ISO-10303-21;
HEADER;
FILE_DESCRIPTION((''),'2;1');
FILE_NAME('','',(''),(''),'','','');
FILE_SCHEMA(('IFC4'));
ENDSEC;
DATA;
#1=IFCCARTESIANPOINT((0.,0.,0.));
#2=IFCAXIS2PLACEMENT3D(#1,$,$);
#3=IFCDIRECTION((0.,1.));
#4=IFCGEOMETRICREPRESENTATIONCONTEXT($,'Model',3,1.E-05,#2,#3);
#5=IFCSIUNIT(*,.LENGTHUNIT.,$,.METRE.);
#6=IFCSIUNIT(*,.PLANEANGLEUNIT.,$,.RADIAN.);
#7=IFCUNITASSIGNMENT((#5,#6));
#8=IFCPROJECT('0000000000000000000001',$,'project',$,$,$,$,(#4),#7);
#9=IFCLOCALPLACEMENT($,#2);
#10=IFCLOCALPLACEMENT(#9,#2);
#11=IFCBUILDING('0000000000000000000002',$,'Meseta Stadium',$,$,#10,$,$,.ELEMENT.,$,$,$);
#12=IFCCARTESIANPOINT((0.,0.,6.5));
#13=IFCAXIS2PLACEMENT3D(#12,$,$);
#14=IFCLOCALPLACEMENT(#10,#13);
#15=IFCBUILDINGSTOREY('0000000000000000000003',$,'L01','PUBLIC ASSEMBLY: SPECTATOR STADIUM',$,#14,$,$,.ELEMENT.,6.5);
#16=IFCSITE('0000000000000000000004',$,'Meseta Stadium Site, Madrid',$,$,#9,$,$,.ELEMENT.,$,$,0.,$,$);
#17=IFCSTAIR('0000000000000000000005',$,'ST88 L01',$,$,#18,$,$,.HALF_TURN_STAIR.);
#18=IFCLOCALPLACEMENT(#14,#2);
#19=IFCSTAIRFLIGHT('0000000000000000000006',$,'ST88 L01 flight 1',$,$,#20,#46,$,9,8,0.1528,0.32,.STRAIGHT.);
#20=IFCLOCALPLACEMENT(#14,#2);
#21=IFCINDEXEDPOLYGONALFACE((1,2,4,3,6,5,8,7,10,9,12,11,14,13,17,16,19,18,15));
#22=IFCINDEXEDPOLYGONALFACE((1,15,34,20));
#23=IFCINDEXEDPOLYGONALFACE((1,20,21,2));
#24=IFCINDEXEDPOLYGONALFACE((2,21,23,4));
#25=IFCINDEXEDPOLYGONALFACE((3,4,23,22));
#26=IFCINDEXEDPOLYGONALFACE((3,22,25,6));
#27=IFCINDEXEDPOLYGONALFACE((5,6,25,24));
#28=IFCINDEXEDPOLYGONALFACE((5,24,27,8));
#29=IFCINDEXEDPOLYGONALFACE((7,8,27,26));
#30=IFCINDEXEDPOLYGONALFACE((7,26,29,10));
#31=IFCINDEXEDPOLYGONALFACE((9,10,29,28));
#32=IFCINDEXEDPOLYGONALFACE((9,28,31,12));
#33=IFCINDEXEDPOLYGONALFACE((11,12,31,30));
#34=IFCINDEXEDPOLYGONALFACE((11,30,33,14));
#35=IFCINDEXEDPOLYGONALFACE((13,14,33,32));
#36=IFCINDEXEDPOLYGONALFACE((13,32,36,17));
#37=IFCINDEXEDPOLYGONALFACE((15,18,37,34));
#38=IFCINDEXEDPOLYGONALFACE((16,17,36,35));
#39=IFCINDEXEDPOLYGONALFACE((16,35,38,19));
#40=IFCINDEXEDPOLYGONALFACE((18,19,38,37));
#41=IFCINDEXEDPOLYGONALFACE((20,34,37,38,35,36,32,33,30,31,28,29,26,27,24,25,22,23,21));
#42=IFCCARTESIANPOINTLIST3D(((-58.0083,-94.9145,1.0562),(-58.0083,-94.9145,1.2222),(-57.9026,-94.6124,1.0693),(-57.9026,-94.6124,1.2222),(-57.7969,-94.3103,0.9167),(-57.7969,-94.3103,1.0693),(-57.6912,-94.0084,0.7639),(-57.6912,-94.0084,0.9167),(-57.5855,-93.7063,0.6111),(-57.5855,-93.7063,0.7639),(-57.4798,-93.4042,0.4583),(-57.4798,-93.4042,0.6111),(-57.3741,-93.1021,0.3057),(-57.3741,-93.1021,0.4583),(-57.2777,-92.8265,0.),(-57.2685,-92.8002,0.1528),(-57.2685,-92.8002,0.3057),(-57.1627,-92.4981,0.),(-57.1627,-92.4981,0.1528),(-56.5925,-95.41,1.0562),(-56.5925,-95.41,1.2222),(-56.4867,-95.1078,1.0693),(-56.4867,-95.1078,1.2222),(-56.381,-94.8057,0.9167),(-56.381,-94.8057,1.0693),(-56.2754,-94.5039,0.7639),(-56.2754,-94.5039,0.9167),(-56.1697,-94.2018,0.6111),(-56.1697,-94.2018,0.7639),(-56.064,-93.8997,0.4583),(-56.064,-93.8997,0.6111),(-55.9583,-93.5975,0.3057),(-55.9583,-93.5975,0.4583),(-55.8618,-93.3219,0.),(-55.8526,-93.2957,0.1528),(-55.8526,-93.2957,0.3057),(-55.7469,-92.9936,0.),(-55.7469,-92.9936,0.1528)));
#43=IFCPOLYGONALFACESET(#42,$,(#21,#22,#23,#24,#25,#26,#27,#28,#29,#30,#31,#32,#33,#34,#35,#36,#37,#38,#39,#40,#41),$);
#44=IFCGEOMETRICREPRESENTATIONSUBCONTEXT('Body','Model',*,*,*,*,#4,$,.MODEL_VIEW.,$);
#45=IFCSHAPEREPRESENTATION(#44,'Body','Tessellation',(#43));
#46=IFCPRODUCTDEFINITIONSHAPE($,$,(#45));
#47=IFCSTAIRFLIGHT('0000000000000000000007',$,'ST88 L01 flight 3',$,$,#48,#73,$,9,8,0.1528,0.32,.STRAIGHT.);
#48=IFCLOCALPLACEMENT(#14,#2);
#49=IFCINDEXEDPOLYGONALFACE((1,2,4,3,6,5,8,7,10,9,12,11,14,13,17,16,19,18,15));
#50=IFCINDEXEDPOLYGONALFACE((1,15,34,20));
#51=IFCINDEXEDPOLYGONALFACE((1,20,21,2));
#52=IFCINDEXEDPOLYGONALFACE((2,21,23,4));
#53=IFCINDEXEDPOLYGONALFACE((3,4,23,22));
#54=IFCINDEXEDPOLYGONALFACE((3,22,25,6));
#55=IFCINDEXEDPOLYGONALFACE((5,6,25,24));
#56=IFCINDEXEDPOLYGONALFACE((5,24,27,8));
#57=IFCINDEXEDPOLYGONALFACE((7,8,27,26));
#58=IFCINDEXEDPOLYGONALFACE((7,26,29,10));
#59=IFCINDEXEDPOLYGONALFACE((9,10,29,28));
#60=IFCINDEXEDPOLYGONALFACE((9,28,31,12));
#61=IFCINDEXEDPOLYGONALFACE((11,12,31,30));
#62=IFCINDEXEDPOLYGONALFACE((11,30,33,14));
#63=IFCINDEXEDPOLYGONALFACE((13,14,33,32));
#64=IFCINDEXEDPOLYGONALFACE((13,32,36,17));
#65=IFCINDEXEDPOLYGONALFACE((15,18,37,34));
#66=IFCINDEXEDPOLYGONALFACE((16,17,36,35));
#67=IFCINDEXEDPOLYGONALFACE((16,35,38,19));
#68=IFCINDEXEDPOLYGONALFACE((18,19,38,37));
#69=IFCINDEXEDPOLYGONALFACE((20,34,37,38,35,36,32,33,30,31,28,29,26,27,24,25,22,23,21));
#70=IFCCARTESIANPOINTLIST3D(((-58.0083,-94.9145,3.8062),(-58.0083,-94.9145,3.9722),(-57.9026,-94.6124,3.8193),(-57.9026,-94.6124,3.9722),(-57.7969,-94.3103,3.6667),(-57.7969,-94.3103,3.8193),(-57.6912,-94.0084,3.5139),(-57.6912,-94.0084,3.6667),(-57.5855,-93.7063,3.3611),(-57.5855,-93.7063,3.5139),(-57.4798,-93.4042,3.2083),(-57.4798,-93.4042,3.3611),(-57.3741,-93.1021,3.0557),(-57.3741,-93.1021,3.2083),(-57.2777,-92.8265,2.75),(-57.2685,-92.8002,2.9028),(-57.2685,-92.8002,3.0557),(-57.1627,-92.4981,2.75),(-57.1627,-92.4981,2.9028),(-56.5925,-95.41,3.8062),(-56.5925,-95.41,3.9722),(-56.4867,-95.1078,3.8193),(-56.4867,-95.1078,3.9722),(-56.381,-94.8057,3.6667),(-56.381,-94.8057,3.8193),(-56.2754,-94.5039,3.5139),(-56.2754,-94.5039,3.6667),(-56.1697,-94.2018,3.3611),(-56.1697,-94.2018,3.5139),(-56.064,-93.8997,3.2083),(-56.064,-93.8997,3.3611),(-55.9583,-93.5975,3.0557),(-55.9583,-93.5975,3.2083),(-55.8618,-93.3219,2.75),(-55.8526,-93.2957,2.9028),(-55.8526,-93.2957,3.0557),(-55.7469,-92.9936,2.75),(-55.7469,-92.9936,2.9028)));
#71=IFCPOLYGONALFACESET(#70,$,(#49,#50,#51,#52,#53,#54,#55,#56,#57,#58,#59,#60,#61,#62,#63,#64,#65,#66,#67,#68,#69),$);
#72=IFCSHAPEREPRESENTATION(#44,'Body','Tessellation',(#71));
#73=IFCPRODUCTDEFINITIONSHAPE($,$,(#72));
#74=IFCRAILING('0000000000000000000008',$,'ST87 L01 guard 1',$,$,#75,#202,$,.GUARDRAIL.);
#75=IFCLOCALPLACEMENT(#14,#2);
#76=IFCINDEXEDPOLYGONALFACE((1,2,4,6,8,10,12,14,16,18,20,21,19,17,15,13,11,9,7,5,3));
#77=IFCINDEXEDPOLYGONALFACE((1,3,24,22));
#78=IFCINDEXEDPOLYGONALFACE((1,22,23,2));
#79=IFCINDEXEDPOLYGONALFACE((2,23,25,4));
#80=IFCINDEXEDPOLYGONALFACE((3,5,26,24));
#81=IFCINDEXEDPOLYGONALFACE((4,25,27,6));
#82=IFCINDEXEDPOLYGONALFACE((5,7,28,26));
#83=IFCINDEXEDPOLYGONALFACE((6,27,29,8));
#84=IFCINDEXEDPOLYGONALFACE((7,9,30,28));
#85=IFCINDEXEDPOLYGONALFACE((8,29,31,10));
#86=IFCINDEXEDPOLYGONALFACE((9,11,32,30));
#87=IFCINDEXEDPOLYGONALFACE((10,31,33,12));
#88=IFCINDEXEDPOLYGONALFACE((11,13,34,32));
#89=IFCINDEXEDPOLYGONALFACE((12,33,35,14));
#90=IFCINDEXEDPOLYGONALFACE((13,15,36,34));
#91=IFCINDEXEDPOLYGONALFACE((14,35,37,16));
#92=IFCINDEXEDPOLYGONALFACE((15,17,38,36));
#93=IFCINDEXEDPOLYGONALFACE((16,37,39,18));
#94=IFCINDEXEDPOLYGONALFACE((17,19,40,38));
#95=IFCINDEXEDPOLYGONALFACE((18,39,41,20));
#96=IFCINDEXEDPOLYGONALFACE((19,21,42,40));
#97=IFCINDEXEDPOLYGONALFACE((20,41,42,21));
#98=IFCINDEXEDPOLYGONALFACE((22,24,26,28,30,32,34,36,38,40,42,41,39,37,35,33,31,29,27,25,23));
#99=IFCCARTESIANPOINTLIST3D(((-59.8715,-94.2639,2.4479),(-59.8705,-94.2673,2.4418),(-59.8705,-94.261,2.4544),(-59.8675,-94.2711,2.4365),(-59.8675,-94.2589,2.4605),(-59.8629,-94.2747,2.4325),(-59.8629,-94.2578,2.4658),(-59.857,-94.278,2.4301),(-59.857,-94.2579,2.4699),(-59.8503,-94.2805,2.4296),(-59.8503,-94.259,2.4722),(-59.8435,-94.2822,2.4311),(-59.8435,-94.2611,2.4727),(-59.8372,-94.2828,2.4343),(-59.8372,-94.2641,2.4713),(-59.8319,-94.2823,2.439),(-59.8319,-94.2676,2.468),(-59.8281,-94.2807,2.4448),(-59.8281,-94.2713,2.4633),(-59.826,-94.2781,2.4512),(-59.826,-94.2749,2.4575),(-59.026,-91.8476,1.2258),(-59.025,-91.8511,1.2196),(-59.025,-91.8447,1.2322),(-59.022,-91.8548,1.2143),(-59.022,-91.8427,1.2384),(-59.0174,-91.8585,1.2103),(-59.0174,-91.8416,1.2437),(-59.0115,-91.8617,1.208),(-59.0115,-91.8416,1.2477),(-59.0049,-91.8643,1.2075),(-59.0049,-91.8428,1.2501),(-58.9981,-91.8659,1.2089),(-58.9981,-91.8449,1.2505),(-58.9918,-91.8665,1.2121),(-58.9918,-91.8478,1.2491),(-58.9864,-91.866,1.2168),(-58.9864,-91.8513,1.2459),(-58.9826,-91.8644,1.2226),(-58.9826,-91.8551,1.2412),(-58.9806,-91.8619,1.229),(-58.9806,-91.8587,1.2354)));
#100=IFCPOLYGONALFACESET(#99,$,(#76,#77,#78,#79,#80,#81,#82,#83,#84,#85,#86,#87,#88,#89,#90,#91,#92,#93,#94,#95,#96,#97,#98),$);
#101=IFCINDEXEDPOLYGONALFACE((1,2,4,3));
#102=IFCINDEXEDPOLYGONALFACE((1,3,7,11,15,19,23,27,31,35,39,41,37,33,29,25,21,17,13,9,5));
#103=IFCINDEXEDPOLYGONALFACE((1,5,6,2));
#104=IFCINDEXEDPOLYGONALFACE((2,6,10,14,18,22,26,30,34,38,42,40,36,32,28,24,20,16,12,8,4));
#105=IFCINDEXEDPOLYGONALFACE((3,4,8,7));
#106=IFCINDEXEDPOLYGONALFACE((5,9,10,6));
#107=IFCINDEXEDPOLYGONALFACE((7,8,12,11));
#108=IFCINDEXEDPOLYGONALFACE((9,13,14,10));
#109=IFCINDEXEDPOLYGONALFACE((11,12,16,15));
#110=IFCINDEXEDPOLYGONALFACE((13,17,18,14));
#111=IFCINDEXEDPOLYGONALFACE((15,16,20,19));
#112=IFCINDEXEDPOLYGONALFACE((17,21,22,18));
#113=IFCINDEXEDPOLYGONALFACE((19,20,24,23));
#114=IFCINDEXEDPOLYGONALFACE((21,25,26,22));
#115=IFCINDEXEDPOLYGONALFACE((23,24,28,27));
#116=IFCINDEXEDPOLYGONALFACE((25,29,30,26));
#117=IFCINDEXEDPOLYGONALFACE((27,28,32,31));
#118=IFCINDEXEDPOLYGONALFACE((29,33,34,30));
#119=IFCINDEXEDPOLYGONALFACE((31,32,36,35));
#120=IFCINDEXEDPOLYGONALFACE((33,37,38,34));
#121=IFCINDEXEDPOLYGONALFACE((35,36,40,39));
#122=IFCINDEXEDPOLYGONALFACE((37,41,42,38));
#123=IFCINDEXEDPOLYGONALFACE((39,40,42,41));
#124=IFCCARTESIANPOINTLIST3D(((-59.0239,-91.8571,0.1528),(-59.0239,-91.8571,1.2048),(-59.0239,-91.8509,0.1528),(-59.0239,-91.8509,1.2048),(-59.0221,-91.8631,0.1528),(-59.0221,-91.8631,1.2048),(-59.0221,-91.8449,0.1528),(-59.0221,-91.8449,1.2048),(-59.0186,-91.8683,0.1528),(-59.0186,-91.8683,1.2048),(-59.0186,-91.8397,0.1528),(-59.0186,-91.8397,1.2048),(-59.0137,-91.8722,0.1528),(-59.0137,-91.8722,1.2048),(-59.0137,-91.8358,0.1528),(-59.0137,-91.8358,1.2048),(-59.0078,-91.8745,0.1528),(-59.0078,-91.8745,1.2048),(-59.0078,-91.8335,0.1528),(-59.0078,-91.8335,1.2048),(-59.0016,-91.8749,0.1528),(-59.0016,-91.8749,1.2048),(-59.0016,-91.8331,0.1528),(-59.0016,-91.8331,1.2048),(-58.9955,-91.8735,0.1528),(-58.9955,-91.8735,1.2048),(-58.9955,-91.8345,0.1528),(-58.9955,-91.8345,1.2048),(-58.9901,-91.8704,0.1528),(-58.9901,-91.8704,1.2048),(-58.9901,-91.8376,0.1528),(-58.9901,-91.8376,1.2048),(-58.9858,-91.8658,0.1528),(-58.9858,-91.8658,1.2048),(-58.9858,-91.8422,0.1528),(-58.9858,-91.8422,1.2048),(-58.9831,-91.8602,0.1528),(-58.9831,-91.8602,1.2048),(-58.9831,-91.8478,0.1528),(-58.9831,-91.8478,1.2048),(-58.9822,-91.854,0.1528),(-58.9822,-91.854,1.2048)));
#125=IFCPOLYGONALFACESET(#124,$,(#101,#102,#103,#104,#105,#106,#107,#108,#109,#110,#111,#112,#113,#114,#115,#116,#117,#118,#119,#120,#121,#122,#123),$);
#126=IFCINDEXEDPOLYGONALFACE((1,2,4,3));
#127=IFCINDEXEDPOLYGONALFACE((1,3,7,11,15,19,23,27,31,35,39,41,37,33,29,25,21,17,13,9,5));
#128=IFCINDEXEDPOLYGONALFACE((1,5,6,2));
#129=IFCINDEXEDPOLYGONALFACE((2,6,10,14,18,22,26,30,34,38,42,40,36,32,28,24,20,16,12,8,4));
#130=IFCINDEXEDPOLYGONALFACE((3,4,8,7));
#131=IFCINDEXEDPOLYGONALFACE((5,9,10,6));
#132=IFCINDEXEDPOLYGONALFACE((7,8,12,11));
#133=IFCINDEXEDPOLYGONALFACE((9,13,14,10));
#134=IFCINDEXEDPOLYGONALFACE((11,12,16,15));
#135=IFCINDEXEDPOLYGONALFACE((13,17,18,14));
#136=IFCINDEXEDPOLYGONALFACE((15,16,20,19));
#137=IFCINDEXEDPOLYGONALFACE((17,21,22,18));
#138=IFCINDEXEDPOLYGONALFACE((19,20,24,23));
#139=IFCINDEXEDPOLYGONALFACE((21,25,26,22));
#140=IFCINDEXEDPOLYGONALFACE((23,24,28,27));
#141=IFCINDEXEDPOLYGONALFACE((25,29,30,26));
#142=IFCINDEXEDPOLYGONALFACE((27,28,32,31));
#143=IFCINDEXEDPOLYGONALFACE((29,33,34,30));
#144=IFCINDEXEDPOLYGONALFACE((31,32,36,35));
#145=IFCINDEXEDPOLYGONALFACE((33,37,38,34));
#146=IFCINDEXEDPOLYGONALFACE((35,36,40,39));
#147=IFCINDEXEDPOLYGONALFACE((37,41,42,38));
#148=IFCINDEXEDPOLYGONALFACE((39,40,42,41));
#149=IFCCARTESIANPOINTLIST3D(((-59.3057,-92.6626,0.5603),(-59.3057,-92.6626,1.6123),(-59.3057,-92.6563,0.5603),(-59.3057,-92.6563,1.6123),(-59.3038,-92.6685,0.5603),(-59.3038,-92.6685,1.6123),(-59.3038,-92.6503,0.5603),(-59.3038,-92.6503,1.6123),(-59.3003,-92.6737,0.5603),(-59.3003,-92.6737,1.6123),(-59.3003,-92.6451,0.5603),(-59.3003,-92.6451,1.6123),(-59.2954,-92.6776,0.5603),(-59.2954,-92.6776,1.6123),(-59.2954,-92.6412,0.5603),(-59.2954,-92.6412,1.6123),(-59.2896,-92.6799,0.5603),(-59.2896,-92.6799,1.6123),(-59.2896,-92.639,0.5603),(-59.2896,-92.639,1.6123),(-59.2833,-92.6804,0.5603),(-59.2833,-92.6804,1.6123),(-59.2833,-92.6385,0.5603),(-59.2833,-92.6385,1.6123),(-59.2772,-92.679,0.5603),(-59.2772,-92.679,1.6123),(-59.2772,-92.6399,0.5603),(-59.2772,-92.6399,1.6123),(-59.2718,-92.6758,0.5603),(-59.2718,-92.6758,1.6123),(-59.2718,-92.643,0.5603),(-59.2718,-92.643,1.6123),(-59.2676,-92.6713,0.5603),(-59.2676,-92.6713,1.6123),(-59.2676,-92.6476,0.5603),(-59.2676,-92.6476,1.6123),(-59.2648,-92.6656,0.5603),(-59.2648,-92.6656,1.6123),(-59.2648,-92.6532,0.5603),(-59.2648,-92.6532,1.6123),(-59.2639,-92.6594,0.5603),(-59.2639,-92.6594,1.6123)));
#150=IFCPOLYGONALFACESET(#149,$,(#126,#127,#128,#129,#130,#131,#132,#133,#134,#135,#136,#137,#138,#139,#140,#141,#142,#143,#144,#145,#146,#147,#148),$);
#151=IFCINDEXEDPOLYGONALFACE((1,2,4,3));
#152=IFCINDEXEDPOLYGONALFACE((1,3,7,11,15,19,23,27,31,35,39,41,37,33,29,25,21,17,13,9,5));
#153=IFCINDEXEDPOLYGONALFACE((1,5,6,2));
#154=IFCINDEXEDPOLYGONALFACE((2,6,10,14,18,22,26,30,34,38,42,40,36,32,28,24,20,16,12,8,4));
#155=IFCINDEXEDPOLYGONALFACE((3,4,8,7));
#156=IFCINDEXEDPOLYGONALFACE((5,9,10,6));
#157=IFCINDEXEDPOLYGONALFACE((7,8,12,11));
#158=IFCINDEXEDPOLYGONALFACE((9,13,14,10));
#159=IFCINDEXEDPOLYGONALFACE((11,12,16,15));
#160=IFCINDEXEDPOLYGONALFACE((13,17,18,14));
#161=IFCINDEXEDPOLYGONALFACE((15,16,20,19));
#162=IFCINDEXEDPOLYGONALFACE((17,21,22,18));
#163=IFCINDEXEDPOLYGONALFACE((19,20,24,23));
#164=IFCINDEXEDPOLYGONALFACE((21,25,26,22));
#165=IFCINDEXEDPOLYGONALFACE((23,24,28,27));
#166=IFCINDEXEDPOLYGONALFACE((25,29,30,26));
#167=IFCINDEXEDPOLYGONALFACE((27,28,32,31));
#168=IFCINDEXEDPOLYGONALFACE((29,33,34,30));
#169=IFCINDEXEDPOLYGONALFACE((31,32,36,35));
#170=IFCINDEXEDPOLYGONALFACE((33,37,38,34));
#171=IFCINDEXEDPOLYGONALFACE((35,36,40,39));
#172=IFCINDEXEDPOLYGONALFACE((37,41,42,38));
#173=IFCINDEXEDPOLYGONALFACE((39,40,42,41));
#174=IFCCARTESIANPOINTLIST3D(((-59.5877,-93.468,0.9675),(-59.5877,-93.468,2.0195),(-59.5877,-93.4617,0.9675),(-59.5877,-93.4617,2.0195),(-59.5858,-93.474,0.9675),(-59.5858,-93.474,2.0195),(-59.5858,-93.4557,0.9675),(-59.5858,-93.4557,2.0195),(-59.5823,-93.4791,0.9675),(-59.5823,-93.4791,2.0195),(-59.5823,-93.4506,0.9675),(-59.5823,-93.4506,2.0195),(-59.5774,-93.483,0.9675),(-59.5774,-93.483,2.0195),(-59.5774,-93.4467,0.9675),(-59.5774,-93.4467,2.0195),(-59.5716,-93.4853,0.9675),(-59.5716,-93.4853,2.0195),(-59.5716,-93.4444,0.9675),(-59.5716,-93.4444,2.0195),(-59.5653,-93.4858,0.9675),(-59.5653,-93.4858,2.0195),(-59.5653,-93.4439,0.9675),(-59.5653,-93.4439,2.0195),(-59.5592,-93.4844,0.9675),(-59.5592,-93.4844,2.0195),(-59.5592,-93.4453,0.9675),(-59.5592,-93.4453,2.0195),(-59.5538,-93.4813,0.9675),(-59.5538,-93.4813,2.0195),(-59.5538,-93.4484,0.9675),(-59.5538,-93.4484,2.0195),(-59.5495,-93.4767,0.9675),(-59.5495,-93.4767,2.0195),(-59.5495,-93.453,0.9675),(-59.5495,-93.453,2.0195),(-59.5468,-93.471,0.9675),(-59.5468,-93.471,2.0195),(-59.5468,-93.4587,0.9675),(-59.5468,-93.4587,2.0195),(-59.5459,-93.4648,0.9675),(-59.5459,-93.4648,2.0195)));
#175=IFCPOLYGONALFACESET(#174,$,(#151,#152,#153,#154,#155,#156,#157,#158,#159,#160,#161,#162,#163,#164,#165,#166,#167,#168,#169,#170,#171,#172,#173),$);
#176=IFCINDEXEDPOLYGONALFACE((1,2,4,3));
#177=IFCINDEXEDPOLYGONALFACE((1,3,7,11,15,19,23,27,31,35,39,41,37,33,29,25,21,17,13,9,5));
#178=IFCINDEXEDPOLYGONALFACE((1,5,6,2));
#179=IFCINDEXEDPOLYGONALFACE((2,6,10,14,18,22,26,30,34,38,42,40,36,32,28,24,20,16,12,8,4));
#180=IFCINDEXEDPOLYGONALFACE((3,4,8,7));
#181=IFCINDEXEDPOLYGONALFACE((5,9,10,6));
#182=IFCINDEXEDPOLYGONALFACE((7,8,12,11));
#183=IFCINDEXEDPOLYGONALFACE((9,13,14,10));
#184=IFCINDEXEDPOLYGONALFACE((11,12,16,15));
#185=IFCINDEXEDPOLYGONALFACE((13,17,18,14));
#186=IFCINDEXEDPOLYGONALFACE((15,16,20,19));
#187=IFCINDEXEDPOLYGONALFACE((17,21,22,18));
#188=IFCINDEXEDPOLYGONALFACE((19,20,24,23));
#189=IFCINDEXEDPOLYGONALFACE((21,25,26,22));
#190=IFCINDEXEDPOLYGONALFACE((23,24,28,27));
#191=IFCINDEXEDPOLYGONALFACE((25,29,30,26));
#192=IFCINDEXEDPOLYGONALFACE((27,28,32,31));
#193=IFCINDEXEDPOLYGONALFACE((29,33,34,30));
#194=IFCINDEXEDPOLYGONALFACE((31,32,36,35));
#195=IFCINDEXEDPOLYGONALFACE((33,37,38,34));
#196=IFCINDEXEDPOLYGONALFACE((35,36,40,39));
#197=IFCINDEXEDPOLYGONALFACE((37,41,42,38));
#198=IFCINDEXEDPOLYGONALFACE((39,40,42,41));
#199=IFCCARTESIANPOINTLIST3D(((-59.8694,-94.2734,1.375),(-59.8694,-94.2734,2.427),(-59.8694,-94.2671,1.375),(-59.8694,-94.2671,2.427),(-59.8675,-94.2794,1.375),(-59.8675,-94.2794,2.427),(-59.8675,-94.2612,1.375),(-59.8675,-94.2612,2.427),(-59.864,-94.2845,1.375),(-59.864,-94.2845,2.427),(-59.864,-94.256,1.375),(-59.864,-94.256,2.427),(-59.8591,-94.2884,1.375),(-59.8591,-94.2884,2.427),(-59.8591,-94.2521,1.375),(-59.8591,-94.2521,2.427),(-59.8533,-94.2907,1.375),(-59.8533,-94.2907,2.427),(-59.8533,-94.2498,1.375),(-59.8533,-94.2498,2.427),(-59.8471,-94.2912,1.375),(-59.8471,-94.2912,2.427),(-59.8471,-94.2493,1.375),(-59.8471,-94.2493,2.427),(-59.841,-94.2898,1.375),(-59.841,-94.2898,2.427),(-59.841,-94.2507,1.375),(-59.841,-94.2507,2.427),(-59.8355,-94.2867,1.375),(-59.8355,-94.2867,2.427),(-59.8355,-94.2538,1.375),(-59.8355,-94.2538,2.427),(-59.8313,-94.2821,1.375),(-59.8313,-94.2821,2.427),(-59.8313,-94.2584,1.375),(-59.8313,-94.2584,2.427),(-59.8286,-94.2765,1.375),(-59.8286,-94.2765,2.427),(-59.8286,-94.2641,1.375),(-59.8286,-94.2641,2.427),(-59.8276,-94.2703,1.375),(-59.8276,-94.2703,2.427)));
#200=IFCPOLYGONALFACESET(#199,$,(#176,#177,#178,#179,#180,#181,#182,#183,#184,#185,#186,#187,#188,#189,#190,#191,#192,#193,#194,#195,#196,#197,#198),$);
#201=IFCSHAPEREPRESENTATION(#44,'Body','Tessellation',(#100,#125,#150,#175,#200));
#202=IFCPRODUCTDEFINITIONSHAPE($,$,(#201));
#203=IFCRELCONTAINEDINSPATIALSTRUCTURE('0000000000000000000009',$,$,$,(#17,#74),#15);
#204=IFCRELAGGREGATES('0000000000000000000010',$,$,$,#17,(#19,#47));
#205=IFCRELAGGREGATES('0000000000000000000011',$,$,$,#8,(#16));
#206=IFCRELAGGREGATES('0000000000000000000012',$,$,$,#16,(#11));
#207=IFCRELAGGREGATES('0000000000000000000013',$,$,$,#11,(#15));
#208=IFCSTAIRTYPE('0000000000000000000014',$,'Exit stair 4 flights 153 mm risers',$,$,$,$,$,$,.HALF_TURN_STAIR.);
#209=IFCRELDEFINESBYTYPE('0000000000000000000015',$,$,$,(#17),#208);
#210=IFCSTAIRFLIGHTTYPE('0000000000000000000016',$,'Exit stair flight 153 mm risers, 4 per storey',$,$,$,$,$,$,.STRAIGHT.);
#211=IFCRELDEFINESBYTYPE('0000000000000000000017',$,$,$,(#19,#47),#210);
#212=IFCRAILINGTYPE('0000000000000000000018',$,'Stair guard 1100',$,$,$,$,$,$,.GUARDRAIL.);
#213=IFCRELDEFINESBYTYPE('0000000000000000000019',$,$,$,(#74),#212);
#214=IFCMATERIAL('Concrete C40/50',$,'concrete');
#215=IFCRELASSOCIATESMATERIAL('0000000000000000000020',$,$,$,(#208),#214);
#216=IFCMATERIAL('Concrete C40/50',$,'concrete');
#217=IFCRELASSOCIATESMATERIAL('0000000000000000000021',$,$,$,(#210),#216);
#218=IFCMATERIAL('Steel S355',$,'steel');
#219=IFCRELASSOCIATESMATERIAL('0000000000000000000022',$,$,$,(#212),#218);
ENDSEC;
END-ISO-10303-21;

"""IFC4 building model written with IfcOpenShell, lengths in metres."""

from ifc_helpers import new_model, si_unit, direction, frame, origin, origin_2d, place, context, subcontext, project, spatial, polyline, circle, outline, extrude, material, type_object, element, aggregate, save


model = new_model("IFC4")

# Units and contexts
model_context = context("Model", 3, precision=1e-05, world=origin(), true_north=direction((0.0, 1.0)))
body_context = subcontext(model_context, "Body", "Model", "MODEL_VIEW")
ifc_project = project(units=[si_unit("LENGTHUNIT", "METRE"), si_unit("PLANEANGLEUNIT", "RADIAN")], contexts=[model_context])

# Site, building, storey
site_placement = place(None, origin())
site = spatial("IfcSite", under=ifc_project, at=site_placement, Name="Meseta Stadium Site, Madrid", CompositionType="ELEMENT", RefElevation=0.0)
building_placement = place(site_placement, origin())
building = spatial("IfcBuilding", under=site, at=building_placement, Name="Meseta Stadium", CompositionType="ELEMENT")
storey_placement = place(building_placement, frame((0.0, 0.0, 6.5)))
storey = spatial("IfcBuildingStorey", under=building, at=storey_placement, Name="L01", Description="PUBLIC ASSEMBLY: SPECTATOR STADIUM", CompositionType="ELEMENT", Elevation=6.5)

# Stair, stair flights
ifc_material_1 = material(Name="Concrete C40/50", Category="concrete")
stair_type = type_object("IfcStairType", Name="Exit stair 4 flights 153 mm risers", PredefinedType="HALF_TURN_STAIR", material=ifc_material_1)
ifc_material_2 = material(Name="Concrete C40/50", Category="concrete")
stair_flight_type = type_object("IfcStairFlightType", Name="Exit stair flight 153 mm risers, 4 per storey", PredefinedType="STRAIGHT", material=ifc_material_2)
stair_1_placement = place(storey_placement, origin())
stair_1 = element("IfcStair", 1, at=stair_1_placement, inside=storey, type_object=stair_type, Name="ST88 L01", PredefinedType="HALF_TURN_STAIR")
stair_flight_1_placement = place(storey_placement, frame((-56.4548, -92.7458, 0.0), z_axis=(0.0, 0.0, 1.0), x_axis=(-0.330279, -0.943883, 0.0)))
stair_flight_1 = element("IfcStairFlight", 2, at=stair_flight_1_placement, type_object=stair_flight_type, Name="ST88 L01 flight 1", NumberOfRisers=9, NumberOfTreads=8, PredefinedType="STRAIGHT", RiserHeight=0.1528, TreadLength=0.32, context=body_context, shape_type="SweptSolid", body=[
    extrude(outline(polyline([(0.0, 0.0), (0.0, 0.1528), (0.3201, 0.1528), (0.3201, 0.3057), (0.6399, 0.3057), (0.6399, 0.4583), (0.96, 0.4583), (0.96, 0.6111), (1.28, 0.6111), (1.28, 0.7639), (1.6001, 0.7639), (1.6001, 0.9167), (1.9199, 0.9167), (1.9199, 1.0693), (2.24, 1.0693), (2.24, 1.2222), (2.5601, 1.2222), (2.5601, 1.0562), (0.3479, 0.0), (0.0, 0.0)])), frame((0.0, 0.75, 0.0), z_axis=(0.0, -1.0, 0.0), x_axis=(1.0, 0.0, 0.0)), (0.0, 0.0, 1.0), 1.5),
])
stair_flight_2_placement = place(storey_placement, frame((-56.4548, -92.7458, 2.75), z_axis=(0.0, 0.0, 1.0), x_axis=(-0.330279, -0.943883, 0.0)))
stair_flight_2 = element("IfcStairFlight", 3, at=stair_flight_2_placement, type_object=stair_flight_type, Name="ST88 L01 flight 3", NumberOfRisers=9, NumberOfTreads=8, PredefinedType="STRAIGHT", RiserHeight=0.1528, TreadLength=0.32, context=body_context, shape_type="SweptSolid", body=[
    extrude(outline(polyline([(0.0, 0.0), (0.0, 0.1528), (0.3201, 0.1528), (0.3201, 0.3057), (0.6399, 0.3057), (0.6399, 0.4583), (0.96, 0.4583), (0.96, 0.6111), (1.28, 0.6111), (1.28, 0.7639), (1.6001, 0.7639), (1.6001, 0.9167), (1.9199, 0.9167), (1.9199, 1.0693), (2.24, 1.0693), (2.24, 1.2222), (2.5601, 1.2222), (2.5601, 1.0562), (0.3479, 0.0), (0.0, 0.0)])), frame((0.0, 0.75, 0.0), z_axis=(0.0, -1.0, 0.0), x_axis=(1.0, 0.0, 0.0)), (0.0, 0.0, 1.0), 1.5),
])
aggregate(stair_1, [stair_flight_1, stair_flight_2])

# Railing
ifc_material_3 = material(Name="Steel S355", Category="steel")
railing_type_1 = type_object("IfcRailingType", Name="Stair guard 1100", PredefinedType="GUARDRAIL", material=ifc_material_3)
railing_1_placement = place(storey_placement, frame((-59.0032, -91.854, 0.1528)))
element("IfcRailing", 4, at=railing_1_placement, inside=storey, type_object=railing_type_1, Name="ST87 L01 guard 1", PredefinedType="GUARDRAIL", context=body_context, shape_type="SweptSolid", body=[
    extrude(circle(Radius=0.0239, at=origin_2d()), frame((0.0, 0.0, 1.0762), z_axis=(-0.298044, -0.851789, 0.430843), x_axis=(0.943887, -0.33027, 0.0)), (0.0, 0.0, 1.0), 2.8367),
    extrude(circle(Radius=0.021, at=origin_2d()), origin(), (0.0, 0.0, 1.0), 1.052),
    extrude(circle(Radius=0.021, at=origin_2d()), frame((-0.2817, -0.8054, 0.4075)), (0.0, 0.0, 1.0), 1.052),
    extrude(circle(Radius=0.021, at=origin_2d()), frame((-0.5637, -1.6108, 0.8147)), (0.0, 0.0, 1.0), 1.052),
    extrude(circle(Radius=0.021, at=origin_2d()), frame((-0.8455, -2.4163, 1.2222)), (0.0, 0.0, 1.0), 1.052),
])

save(model, "model.ifc")
